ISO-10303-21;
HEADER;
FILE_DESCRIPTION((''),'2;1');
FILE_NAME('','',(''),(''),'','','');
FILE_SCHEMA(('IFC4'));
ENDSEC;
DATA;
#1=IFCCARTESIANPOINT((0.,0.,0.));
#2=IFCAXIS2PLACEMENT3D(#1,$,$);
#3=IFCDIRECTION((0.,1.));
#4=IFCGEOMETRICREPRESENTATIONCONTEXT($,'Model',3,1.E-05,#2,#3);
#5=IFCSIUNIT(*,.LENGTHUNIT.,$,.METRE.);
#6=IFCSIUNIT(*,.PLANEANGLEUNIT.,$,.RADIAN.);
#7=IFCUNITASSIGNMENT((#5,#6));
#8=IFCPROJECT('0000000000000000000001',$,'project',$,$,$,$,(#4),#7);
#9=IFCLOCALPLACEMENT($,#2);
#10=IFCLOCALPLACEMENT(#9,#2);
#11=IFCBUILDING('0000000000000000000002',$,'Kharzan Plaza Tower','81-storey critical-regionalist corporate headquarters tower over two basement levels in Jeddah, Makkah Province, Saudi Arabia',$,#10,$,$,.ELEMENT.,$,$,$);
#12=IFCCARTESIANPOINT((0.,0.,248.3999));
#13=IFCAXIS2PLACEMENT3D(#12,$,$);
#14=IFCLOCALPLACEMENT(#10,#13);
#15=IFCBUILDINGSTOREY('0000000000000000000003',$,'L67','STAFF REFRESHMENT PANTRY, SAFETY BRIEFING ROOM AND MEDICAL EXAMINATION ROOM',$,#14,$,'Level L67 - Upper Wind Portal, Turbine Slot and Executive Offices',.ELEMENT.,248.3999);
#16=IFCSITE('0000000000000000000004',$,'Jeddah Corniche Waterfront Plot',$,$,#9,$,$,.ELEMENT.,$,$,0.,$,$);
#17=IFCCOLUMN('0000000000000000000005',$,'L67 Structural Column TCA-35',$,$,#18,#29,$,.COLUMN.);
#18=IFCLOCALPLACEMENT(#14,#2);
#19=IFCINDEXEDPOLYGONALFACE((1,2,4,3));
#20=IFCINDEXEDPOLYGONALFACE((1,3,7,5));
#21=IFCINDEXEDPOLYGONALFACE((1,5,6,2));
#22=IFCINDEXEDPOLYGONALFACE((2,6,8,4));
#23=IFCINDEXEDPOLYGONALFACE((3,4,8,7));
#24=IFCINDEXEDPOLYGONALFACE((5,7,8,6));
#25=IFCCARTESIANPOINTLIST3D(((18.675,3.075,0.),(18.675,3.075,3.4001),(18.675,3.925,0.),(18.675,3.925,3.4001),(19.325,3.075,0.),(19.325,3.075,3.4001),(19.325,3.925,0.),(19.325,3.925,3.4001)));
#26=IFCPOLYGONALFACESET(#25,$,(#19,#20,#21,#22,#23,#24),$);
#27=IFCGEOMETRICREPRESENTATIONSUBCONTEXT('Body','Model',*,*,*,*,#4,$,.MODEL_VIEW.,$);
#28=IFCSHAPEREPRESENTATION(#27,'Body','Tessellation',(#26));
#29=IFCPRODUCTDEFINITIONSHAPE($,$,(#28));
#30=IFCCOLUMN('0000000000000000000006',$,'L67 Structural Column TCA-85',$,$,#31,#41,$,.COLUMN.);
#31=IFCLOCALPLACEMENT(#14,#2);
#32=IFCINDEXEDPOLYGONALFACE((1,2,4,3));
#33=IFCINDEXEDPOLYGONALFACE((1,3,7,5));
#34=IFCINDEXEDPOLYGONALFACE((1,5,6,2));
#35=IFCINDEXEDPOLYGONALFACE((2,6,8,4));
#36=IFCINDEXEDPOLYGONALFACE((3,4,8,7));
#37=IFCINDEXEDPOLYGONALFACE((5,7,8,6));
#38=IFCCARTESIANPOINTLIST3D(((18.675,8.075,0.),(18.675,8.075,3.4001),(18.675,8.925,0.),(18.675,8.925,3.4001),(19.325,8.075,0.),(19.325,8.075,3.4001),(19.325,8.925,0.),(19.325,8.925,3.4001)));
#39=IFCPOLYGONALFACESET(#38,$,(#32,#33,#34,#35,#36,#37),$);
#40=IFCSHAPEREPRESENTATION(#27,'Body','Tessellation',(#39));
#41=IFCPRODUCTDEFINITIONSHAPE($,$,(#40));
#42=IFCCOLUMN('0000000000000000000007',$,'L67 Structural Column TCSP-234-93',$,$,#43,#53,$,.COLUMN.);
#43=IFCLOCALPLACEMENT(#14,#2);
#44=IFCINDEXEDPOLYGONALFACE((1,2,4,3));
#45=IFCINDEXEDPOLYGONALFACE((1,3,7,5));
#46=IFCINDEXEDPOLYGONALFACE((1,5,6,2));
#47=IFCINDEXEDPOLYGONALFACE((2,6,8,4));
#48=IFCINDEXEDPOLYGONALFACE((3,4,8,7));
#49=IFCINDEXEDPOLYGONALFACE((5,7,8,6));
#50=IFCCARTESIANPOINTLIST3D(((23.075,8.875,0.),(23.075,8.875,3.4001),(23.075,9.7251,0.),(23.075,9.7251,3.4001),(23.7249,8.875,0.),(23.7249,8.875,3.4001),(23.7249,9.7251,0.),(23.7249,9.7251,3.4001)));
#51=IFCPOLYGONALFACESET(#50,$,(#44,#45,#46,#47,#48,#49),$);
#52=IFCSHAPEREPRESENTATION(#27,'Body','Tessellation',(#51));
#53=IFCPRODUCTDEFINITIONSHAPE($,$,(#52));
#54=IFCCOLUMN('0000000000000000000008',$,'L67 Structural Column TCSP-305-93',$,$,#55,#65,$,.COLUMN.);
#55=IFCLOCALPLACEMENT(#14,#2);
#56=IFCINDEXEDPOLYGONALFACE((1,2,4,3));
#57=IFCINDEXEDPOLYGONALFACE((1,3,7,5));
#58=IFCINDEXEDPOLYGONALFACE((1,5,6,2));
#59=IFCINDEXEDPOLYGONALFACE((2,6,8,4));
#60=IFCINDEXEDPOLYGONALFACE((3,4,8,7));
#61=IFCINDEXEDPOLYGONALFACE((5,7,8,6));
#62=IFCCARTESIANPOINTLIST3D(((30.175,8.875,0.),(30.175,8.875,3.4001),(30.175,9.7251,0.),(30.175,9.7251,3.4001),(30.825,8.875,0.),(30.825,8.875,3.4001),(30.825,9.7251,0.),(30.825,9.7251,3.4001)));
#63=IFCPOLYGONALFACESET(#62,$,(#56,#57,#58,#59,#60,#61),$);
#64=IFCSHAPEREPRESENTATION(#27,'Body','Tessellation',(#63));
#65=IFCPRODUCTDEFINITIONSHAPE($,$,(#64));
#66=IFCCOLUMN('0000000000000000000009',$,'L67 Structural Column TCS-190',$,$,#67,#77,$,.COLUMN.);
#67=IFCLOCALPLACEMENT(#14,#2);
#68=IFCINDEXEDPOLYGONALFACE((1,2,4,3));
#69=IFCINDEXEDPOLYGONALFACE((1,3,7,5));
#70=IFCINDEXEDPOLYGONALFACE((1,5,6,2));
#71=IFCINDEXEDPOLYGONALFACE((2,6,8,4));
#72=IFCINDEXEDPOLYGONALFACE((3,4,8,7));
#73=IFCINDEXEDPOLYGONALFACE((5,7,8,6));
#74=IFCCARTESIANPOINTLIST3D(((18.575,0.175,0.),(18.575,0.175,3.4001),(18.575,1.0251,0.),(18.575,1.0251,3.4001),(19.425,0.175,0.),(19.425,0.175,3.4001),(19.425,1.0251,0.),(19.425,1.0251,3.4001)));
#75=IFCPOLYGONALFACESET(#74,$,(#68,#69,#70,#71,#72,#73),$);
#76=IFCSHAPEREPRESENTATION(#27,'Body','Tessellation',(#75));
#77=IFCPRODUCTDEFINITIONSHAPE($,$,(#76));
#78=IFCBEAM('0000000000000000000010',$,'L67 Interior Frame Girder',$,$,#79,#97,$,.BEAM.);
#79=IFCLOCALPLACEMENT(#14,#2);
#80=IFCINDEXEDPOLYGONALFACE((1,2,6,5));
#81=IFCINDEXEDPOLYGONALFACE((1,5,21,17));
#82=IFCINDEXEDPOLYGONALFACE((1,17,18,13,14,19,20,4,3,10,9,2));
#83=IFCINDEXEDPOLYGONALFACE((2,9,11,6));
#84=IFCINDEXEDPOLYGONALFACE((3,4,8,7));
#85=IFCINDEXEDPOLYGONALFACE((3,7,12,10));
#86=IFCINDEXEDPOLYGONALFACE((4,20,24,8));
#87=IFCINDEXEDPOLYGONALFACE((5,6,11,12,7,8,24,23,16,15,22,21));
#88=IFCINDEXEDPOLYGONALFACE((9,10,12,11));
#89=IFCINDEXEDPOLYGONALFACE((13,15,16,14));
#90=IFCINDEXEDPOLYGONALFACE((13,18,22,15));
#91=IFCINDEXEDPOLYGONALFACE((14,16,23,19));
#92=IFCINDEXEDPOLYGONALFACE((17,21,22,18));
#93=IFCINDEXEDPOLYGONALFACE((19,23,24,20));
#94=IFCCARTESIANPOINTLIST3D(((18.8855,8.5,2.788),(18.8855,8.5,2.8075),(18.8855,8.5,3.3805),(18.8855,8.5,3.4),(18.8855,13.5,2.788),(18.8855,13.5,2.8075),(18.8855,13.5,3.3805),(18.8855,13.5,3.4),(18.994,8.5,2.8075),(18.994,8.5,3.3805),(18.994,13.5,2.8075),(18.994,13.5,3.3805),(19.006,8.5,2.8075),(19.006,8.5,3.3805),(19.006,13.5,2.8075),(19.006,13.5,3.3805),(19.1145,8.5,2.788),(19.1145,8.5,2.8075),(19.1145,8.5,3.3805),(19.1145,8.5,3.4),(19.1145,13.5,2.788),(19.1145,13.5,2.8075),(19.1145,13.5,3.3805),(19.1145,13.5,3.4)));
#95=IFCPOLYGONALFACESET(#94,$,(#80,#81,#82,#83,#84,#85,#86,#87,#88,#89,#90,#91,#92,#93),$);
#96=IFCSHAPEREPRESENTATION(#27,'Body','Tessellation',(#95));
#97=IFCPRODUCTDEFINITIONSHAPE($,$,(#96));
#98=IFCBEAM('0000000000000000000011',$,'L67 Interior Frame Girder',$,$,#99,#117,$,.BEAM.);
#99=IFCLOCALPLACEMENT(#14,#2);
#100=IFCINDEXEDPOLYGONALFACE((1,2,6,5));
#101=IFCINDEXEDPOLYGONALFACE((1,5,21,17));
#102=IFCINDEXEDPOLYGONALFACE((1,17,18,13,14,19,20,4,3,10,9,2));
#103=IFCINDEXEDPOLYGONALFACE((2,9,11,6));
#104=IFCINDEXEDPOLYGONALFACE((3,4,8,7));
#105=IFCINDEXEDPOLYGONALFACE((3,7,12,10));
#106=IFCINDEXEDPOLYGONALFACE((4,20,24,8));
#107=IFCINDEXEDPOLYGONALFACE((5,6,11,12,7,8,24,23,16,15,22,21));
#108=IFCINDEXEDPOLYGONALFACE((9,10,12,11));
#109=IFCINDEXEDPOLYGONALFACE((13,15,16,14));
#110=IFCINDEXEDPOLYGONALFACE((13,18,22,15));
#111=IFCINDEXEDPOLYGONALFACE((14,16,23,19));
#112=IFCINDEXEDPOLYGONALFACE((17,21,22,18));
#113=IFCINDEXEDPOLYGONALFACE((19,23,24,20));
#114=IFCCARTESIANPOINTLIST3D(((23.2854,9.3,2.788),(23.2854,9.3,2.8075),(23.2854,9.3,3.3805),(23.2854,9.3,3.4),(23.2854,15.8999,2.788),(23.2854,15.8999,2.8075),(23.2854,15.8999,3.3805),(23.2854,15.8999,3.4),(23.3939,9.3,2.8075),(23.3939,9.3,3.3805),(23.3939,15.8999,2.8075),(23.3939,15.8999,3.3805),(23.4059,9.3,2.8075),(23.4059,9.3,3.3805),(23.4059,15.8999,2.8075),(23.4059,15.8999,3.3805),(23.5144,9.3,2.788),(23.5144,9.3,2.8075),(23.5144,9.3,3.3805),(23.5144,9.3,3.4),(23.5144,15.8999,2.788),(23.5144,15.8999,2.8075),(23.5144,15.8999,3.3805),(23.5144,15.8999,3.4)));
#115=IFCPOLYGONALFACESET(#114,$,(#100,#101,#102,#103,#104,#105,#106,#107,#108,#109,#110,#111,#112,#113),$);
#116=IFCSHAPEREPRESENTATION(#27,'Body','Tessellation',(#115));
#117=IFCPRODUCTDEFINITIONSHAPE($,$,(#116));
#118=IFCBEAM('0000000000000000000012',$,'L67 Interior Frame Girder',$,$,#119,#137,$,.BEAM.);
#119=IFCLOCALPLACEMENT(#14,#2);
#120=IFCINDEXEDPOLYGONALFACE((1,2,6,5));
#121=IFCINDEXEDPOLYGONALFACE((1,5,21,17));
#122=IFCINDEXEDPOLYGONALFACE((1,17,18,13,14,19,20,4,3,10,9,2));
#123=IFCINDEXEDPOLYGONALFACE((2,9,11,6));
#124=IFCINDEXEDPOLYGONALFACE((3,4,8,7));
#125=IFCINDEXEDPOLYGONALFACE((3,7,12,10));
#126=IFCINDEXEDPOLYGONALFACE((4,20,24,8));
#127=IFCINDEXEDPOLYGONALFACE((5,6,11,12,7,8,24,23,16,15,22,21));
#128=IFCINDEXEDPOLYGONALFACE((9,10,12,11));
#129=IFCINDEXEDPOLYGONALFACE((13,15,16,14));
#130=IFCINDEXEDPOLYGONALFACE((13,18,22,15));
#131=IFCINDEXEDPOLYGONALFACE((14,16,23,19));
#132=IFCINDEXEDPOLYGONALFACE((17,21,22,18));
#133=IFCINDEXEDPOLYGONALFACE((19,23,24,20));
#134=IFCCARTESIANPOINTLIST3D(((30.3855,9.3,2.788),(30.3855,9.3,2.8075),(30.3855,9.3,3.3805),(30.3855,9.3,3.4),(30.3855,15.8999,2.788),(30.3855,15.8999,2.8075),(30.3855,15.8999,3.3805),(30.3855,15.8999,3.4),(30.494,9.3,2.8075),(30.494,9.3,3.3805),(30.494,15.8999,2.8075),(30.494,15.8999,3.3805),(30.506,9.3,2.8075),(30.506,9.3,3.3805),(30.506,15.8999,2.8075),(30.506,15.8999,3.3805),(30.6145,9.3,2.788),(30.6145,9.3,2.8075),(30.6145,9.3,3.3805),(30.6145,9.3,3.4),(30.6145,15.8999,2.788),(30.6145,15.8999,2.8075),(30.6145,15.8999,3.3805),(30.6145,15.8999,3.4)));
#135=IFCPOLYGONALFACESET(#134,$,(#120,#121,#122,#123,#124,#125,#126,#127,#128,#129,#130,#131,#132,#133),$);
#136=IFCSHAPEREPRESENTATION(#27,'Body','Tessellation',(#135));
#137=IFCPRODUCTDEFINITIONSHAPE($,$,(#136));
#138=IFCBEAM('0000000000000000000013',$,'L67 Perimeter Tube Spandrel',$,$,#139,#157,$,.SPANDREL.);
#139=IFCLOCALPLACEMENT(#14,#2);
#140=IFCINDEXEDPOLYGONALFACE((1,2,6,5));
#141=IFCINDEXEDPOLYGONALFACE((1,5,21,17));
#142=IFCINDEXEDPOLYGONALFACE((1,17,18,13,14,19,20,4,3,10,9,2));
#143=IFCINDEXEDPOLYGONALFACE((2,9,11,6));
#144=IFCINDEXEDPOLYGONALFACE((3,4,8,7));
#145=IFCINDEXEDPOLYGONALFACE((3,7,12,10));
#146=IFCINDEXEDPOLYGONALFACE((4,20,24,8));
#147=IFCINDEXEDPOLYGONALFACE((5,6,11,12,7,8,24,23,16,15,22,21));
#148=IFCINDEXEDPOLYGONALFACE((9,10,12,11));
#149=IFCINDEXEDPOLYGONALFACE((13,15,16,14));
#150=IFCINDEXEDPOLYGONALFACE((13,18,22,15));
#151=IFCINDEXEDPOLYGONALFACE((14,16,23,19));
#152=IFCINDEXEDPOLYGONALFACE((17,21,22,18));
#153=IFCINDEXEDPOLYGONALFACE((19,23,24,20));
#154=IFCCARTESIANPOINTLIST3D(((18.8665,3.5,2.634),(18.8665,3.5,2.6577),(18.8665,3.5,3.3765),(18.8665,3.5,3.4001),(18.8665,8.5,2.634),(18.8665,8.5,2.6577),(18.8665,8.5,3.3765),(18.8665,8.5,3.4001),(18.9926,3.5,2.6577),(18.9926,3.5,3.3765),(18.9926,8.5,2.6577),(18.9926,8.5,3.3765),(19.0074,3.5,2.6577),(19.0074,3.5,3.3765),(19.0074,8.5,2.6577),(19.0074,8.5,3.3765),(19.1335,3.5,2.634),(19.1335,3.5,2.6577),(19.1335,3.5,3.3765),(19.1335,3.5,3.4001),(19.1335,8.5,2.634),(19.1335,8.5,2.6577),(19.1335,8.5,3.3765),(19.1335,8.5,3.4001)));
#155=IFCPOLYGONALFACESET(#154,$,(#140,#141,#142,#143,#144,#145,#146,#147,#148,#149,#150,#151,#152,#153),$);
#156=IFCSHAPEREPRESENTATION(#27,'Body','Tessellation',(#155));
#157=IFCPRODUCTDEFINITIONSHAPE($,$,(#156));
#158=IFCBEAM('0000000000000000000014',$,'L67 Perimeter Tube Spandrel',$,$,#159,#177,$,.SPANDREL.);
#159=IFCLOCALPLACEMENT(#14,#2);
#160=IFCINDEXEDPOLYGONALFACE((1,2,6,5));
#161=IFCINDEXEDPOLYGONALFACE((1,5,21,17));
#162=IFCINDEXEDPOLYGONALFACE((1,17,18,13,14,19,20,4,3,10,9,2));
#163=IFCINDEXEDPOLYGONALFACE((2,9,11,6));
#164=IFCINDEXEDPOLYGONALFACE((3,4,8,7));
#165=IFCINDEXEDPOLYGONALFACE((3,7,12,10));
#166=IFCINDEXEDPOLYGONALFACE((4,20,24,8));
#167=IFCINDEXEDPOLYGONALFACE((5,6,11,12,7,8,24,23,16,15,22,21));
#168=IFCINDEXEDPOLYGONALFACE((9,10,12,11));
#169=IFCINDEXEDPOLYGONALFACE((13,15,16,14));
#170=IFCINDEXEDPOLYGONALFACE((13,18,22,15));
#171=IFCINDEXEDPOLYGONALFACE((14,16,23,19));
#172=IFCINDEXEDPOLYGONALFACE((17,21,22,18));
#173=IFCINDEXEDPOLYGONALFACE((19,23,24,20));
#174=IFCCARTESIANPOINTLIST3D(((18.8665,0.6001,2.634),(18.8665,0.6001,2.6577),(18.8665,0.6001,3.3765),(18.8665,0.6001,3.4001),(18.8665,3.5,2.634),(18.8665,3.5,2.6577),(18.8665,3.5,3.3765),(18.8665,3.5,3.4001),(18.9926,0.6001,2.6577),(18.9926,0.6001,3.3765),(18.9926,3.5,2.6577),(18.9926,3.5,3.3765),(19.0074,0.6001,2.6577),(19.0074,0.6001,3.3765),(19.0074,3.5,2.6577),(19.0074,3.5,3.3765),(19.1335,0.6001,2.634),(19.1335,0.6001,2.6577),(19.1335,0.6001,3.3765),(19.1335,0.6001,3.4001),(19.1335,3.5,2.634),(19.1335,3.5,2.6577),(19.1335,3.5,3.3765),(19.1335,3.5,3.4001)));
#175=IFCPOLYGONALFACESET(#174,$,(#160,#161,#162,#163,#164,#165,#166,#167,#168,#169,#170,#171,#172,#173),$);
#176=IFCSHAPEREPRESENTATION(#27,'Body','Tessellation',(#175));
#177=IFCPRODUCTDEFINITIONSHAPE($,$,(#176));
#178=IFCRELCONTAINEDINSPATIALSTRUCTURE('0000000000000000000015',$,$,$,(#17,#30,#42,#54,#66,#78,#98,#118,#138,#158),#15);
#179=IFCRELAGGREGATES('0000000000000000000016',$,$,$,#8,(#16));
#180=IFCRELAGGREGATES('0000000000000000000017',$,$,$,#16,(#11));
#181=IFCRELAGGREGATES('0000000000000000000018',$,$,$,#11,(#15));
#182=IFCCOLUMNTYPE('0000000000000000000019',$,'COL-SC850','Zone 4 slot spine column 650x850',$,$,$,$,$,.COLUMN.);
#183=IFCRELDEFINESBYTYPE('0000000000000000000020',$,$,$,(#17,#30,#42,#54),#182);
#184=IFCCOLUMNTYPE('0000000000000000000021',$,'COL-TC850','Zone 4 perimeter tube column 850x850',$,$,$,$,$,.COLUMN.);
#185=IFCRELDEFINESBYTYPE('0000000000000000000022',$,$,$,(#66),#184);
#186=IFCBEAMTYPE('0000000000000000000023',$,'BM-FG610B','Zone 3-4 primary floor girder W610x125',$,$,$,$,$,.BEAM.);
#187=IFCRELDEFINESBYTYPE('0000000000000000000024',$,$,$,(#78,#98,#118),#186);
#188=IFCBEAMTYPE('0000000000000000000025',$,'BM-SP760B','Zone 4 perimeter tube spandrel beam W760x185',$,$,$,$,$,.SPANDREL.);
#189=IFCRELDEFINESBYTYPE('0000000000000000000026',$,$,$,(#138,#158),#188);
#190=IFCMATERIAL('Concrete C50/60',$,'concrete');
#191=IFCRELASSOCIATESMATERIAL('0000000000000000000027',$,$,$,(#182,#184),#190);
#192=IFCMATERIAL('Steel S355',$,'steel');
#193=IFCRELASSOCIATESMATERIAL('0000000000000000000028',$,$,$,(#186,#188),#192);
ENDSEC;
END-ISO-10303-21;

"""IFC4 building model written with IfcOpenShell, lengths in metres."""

from ifc_helpers import new_model, si_unit, direction, frame, origin, origin_2d, place, context, subcontext, project, spatial, rectangle, i_section, extrude, source, transform, mapped, material, material_profile, profile_set, type_object, element, save


model = new_model("IFC4")

# Units and contexts
model_context = context("Model", 3, precision=1e-05, world=origin(), true_north=direction((0.0, 1.0)))
body_context = subcontext(model_context, "Body", "Model", "MODEL_VIEW")
ifc_project = project(units=[si_unit("LENGTHUNIT", "METRE"), si_unit("PLANEANGLEUNIT", "RADIAN")], contexts=[model_context])

# Site, building, storey
site_placement = place(None, origin())
site = spatial("IfcSite", under=ifc_project, at=site_placement, Name="Jeddah Corniche Waterfront Plot", CompositionType="ELEMENT", RefElevation=0.0)
building_placement = place(site_placement, origin())
building = spatial("IfcBuilding", under=site, at=building_placement, Name="Kharzan Plaza Tower", Description="81-storey critical-regionalist corporate headquarters tower over two basement levels in Jeddah, Makkah Province, Saudi Arabia", CompositionType="ELEMENT")
storey_placement = place(building_placement, frame((0.0, 0.0, 248.3999)))
storey = spatial("IfcBuildingStorey", under=building, at=storey_placement, Name="L67", Description="STAFF REFRESHMENT PANTRY, SAFETY BRIEFING ROOM AND MEDICAL EXAMINATION ROOM", LongName="Level L67 - Upper Wind Portal, Turbine Slot and Executive Offices", CompositionType="ELEMENT", Elevation=248.3999)

# Columns
ifc_material_1 = material(Name="Concrete C50/60", Category="concrete")
ifc_material_profile_1 = material_profile(ifc_material_1, rectangle(XDim=0.6499, YDim=0.8501, at=origin_2d()), Name="RC-SC850x650")
ifc_profile_set_1 = profile_set([ifc_material_profile_1], Name="Concrete C50/60")
column_type_1 = type_object("IfcColumnType", Name="COL-SC850", Description="Zone 4 slot spine column 650x850", PredefinedType="COLUMN", material=ifc_profile_set_1)
shared_shape_1 = source(origin(), body_context, "Body", "SweptSolid", [
    extrude(rectangle(XDim=0.6499, YDim=0.8501, at=origin_2d()), origin(), (0.0, 0.0, 1.0), 3.4001),
])
for number, where, z_axis, x_axis, name in (
    (1, (19.0, 3.5, 0.0), (0.0, 0.0, 1.0), (1.0, 0.0, 0.0), "L67 Structural Column TCA-35"),
    (2, (19.0, 8.5, 0.0), (0.0, 0.0, 1.0), (1.0, 0.0, 0.0), "L67 Structural Column TCA-85"),
    (3, (23.3999, 9.3, 0.0), (0.0, 0.0, 1.0), (1.0, 0.0, 0.0), "L67 Structural Column TCSP-234-93"),
    (4, (30.5, 9.3, 0.0), (0.0, 0.0, 1.0), (1.0, 0.0, 0.0), "L67 Structural Column TCSP-305-93"),
):
    element("IfcColumn", number, at=place(storey_placement, frame(where, z_axis=z_axis, x_axis=x_axis)), inside=storey, type_object=column_type_1, Name=name, PredefinedType="COLUMN", context=body_context, shape_type="MappedRepresentation", body=[
        mapped(shared_shape_1, transform((0.0, 0.0, 0.0), x_axis=(1.0, 0.0, 0.0), y_axis=(0.0, 1.0, 0.0), z_axis=(0.0, 0.0, 1.0))),
    ])
ifc_material_profile_2 = material_profile(ifc_material_1, rectangle(XDim=0.8501, YDim=0.8501, at=origin_2d()), Name="RC-TC850x850")
ifc_profile_set_2 = profile_set([ifc_material_profile_2], Name="Concrete C50/60")
column_type_2 = type_object("IfcColumnType", Name="COL-TC850", Description="Zone 4 perimeter tube column 850x850", PredefinedType="COLUMN", material=ifc_profile_set_2)
shared_shape_2 = source(origin(), body_context, "Body", "SweptSolid", [
    extrude(rectangle(XDim=0.8501, YDim=0.8501, at=origin_2d()), origin(), (0.0, 0.0, 1.0), 3.4001),
])
column_placement = place(storey_placement, frame((19.0, 0.6001, 0.0), z_axis=(0.0, 0.0, 1.0), x_axis=(1.0, 0.0, 0.0)))
element("IfcColumn", 5, at=column_placement, inside=storey, type_object=column_type_2, Name="L67 Structural Column TCS-190", PredefinedType="COLUMN", context=body_context, shape_type="MappedRepresentation", body=[
    mapped(shared_shape_2, transform((0.0, 0.0, 0.0), x_axis=(1.0, 0.0, 0.0), y_axis=(0.0, 1.0, 0.0), z_axis=(0.0, 0.0, 1.0))),
])

# Beams
ifc_material_2 = material(Name="Steel S355", Category="steel")
ifc_material_profile_3 = material_profile(ifc_material_2, i_section(OverallWidth=0.229, OverallDepth=0.6121, WebThickness=0.012, FlangeThickness=0.0195, at=origin_2d()), Name="W610x125")
ifc_profile_set_3 = profile_set([ifc_material_profile_3], Name="Steel S355")
beam_type_1 = type_object("IfcBeamType", Name="BM-FG610B", Description="Zone 3-4 primary floor girder W610x125", PredefinedType="BEAM", material=ifc_profile_set_3)
shared_shape_3 = source(origin(), body_context, "Body", "SweptSolid", [
    extrude(i_section(OverallWidth=0.229, OverallDepth=0.6121, WebThickness=0.012, FlangeThickness=0.0195, at=origin_2d()), origin(), (0.0, 0.0, 1.0), 5.0),
])
beam_1_placement = place(storey_placement, frame((19.0, 8.5, 3.094), z_axis=(0.0, 1.0, 0.0), x_axis=(-1.0, 0.0, 0.0)))
element("IfcBeam", 6, at=beam_1_placement, inside=storey, type_object=beam_type_1, Name="L67 Interior Frame Girder", PredefinedType="BEAM", context=body_context, shape_type="MappedRepresentation", body=[
    mapped(shared_shape_3, transform((0.0, 0.0, 0.0), x_axis=(1.0, 0.0, 0.0), y_axis=(0.0, 1.0, 0.0), z_axis=(0.0, 0.0, 1.0))),
])
shared_shape_4 = source(origin(), body_context, "Body", "SweptSolid", [
    extrude(i_section(OverallWidth=0.229, OverallDepth=0.6121, WebThickness=0.012, FlangeThickness=0.0195, at=origin_2d()), origin(), (0.0, 0.0, 1.0), 6.5999),
])
for number, where, z_axis, x_axis, name in (
    (7, (23.3999, 9.3, 3.094), (0.0, 1.0, 0.0), (-1.0, 0.0, 0.0), "L67 Interior Frame Girder"),
    (8, (30.5, 9.3, 3.094), (0.0, 1.0, 0.0), (-1.0, 0.0, 0.0), "L67 Interior Frame Girder"),
):
    element("IfcBeam", number, at=place(storey_placement, frame(where, z_axis=z_axis, x_axis=x_axis)), inside=storey, type_object=beam_type_1, Name=name, PredefinedType="BEAM", context=body_context, shape_type="MappedRepresentation", body=[
        mapped(shared_shape_4, transform((0.0, 0.0, 0.0), x_axis=(1.0, 0.0, 0.0), y_axis=(0.0, 1.0, 0.0), z_axis=(0.0, 0.0, 1.0))),
    ])
ifc_material_profile_4 = material_profile(ifc_material_2, i_section(OverallWidth=0.2671, OverallDepth=0.7661, WebThickness=0.0149, FlangeThickness=0.0237, at=origin_2d()), Name="W760x185")
ifc_profile_set_4 = profile_set([ifc_material_profile_4], Name="Steel S355")
beam_type_2 = type_object("IfcBeamType", Name="BM-SP760B", Description="Zone 4 perimeter tube spandrel beam W760x185", PredefinedType="SPANDREL", material=ifc_profile_set_4)
shared_shape_5 = source(origin(), body_context, "Body", "SweptSolid", [
    extrude(i_section(OverallWidth=0.2671, OverallDepth=0.7661, WebThickness=0.0149, FlangeThickness=0.0237, at=origin_2d()), origin(), (0.0, 0.0, 1.0), 5.0),
])
beam_2_placement = place(storey_placement, frame((19.0, 3.5, 3.0171), z_axis=(0.0, 1.0, 0.0), x_axis=(-1.0, 0.0, 0.0)))
element("IfcBeam", 9, at=beam_2_placement, inside=storey, type_object=beam_type_2, Name="L67 Perimeter Tube Spandrel", PredefinedType="SPANDREL", context=body_context, shape_type="MappedRepresentation", body=[
    mapped(shared_shape_5, transform((0.0, 0.0, 0.0), x_axis=(1.0, 0.0, 0.0), y_axis=(0.0, 1.0, 0.0), z_axis=(0.0, 0.0, 1.0))),
])
shared_shape_6 = source(origin(), body_context, "Body", "SweptSolid", [
    extrude(i_section(OverallWidth=0.2671, OverallDepth=0.7661, WebThickness=0.0149, FlangeThickness=0.0237, at=origin_2d()), origin(), (0.0, 0.0, 1.0), 2.8999),
])
beam_3_placement = place(storey_placement, frame((19.0, 0.6001, 3.0171), z_axis=(0.0, 1.0, 0.0), x_axis=(-1.0, 0.0, 0.0)))
element("IfcBeam", 10, at=beam_3_placement, inside=storey, type_object=beam_type_2, Name="L67 Perimeter Tube Spandrel", PredefinedType="SPANDREL", context=body_context, shape_type="MappedRepresentation", body=[
    mapped(shared_shape_6, transform((0.0, 0.0, 0.0), x_axis=(1.0, 0.0, 0.0), y_axis=(0.0, 1.0, 0.0), z_axis=(0.0, 0.0, 1.0))),
])

save(model, "model.ifc")
